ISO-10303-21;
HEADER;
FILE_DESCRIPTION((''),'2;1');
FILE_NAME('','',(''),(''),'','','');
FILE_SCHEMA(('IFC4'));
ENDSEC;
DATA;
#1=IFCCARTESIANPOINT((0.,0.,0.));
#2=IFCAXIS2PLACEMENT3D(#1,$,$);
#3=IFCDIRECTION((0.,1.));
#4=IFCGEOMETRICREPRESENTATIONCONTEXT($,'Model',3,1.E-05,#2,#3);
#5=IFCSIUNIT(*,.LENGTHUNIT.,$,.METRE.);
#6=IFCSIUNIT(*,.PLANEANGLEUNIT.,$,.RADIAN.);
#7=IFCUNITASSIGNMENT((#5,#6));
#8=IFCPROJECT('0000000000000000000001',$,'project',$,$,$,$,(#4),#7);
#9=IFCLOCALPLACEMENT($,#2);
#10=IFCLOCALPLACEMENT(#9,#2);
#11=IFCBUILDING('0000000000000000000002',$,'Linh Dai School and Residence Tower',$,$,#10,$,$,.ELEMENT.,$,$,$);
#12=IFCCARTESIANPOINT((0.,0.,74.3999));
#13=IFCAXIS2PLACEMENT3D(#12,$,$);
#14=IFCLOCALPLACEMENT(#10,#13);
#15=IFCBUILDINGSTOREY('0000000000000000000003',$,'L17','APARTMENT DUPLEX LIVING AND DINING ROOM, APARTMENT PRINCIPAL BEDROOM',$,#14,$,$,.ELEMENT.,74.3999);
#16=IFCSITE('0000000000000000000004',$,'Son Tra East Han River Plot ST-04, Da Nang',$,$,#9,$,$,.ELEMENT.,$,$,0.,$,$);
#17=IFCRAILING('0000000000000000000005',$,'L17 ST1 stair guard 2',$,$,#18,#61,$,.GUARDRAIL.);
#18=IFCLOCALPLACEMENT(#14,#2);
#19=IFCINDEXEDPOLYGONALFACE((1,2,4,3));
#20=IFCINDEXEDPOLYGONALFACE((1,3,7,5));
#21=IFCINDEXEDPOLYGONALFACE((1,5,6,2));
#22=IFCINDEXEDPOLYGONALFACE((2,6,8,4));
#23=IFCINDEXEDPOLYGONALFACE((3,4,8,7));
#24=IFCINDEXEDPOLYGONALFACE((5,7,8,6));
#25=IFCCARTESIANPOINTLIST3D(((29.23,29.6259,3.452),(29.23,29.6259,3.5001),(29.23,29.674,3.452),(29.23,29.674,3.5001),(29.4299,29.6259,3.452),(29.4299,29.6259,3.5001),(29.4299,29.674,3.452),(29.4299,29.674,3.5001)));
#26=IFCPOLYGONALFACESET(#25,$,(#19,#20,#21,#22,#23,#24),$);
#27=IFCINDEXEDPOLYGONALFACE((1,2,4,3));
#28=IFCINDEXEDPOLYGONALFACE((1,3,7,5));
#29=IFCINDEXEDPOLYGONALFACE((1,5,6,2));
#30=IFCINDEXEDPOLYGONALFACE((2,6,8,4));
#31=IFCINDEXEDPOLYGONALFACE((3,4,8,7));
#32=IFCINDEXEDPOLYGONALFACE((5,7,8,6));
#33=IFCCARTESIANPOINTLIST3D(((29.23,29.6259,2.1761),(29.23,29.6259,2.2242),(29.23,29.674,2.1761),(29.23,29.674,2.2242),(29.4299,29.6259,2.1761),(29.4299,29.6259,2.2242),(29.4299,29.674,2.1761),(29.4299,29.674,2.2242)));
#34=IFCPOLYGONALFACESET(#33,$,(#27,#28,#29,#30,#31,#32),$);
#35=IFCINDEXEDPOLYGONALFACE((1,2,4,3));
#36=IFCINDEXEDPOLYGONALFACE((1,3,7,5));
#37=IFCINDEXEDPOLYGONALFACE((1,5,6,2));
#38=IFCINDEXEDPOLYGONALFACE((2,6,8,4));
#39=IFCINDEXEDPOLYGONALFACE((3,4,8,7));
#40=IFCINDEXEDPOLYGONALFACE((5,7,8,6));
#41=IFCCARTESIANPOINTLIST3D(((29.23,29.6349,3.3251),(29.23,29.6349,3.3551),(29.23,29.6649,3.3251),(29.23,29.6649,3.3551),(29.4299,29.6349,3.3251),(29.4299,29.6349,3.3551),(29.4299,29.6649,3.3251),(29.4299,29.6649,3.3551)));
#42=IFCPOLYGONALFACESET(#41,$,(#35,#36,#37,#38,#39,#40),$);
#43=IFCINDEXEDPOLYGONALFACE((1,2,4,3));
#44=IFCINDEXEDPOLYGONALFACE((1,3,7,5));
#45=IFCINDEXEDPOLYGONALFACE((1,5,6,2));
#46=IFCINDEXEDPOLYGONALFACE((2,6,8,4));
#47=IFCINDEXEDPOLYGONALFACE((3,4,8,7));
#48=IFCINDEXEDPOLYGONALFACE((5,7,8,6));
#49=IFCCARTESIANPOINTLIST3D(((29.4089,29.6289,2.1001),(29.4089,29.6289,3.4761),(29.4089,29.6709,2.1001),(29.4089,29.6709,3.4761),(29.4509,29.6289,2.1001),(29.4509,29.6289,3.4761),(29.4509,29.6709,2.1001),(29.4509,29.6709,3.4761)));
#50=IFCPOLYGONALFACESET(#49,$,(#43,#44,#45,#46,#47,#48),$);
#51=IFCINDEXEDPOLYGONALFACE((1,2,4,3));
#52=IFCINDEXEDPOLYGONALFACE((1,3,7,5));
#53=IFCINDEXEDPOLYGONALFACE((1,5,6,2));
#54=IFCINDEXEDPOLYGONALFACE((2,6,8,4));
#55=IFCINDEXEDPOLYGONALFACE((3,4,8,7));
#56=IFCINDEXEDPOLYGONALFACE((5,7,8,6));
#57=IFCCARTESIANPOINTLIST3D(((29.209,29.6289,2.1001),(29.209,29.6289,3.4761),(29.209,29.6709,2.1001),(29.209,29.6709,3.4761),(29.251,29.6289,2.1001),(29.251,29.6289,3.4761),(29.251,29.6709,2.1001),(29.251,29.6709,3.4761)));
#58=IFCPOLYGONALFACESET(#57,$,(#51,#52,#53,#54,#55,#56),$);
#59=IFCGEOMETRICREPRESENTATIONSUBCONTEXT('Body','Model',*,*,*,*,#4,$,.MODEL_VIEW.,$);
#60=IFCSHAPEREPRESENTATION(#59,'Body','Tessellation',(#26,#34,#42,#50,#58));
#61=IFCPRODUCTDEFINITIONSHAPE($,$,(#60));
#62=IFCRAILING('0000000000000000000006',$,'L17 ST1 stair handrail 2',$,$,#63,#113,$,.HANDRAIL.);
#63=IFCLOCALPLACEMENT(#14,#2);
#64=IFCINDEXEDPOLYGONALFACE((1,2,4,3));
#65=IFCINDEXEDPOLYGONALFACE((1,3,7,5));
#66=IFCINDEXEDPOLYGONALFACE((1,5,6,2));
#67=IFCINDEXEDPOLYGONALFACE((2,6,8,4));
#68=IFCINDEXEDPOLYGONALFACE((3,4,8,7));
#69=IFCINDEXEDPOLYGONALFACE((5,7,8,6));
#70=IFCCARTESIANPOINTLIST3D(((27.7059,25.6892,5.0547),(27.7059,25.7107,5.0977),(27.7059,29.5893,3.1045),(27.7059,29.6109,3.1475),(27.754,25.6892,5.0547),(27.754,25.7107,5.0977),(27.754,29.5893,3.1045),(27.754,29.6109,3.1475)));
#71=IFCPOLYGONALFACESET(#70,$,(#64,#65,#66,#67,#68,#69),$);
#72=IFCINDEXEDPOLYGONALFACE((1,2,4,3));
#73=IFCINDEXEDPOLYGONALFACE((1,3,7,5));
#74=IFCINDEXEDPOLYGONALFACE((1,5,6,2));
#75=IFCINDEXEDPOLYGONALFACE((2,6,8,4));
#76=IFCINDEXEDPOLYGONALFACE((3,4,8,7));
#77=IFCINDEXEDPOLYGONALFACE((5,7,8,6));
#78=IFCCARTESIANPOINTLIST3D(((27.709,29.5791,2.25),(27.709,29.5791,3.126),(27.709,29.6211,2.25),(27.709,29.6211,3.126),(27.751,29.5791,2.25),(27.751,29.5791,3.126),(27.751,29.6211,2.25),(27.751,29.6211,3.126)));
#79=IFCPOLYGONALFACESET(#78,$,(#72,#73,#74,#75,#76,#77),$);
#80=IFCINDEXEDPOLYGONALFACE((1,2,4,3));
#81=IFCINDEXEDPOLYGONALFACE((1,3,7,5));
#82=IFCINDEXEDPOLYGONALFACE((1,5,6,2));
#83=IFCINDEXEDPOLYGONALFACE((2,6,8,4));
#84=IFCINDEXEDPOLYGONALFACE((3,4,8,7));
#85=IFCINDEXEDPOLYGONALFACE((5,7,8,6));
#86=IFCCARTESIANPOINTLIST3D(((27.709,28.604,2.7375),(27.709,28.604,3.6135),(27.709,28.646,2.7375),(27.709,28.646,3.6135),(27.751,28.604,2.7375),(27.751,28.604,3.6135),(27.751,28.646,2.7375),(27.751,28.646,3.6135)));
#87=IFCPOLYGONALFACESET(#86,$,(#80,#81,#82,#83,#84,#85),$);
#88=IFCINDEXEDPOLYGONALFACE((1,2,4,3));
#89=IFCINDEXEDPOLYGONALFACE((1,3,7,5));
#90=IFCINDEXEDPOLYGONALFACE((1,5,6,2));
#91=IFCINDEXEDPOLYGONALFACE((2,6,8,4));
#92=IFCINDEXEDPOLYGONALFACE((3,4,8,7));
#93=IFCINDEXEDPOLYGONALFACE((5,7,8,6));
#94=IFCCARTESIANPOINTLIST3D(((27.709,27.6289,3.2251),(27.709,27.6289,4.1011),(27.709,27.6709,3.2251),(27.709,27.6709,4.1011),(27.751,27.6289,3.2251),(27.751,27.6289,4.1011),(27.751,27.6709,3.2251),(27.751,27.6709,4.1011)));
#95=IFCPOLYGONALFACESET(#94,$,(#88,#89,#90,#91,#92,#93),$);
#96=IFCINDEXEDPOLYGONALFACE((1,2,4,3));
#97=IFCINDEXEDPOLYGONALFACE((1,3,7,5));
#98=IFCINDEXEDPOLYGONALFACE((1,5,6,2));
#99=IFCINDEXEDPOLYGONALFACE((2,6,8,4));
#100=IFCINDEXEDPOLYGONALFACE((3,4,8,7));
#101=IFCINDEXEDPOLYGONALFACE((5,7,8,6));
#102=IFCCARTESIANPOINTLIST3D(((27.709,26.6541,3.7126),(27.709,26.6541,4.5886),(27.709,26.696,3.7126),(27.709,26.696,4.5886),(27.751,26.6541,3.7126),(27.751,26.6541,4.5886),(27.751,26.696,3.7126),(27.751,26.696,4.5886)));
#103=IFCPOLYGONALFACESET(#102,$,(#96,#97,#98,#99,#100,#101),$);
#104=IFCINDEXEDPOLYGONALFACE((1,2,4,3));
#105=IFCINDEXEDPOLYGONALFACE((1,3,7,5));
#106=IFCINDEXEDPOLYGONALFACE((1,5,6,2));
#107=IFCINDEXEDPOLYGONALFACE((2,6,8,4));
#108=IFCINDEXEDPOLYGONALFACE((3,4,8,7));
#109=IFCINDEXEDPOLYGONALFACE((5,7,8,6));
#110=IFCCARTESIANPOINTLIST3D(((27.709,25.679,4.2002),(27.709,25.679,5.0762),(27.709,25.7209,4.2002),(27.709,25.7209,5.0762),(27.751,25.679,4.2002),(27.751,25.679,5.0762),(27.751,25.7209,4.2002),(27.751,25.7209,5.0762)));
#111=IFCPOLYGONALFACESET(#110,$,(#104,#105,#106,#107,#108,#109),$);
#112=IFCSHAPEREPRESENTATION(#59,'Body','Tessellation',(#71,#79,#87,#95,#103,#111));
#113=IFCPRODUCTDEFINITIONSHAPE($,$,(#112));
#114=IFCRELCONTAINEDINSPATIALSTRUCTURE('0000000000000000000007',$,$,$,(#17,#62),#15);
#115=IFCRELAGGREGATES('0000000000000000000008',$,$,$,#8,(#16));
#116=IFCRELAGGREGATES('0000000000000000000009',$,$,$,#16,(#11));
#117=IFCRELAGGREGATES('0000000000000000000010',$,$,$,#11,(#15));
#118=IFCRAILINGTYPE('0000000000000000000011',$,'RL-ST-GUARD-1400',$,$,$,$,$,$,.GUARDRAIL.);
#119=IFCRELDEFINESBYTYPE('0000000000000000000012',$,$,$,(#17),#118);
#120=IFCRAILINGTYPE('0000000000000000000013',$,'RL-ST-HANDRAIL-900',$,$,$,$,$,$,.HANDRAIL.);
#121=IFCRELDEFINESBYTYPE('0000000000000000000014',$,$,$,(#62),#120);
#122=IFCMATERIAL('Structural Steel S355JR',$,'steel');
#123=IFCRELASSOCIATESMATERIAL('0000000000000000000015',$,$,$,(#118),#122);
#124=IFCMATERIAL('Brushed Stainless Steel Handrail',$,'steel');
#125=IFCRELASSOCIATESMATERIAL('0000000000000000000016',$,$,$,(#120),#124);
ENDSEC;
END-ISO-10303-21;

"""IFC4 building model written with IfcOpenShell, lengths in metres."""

from ifc_helpers import new_model, si_unit, direction, frame, origin, origin_2d, place, context, subcontext, project, spatial, rectangle, extrude, source, transform, mapped, material, type_object, element, save


model = new_model("IFC4")

# Units and contexts
model_context = context("Model", 3, precision=1e-05, world=origin(), true_north=direction((0.0, 1.0)))
body_context = subcontext(model_context, "Body", "Model", "MODEL_VIEW")
ifc_project = project(units=[si_unit("LENGTHUNIT", "METRE"), si_unit("PLANEANGLEUNIT", "RADIAN")], contexts=[model_context])

# Site, building, storey
site_placement = place(None, origin())
site = spatial("IfcSite", under=ifc_project, at=site_placement, Name="Son Tra East Han River Plot ST-04, Da Nang", CompositionType="ELEMENT", RefElevation=0.0)
building_placement = place(site_placement, origin())
building = spatial("IfcBuilding", under=site, at=building_placement, Name="Linh Dai School and Residence Tower", CompositionType="ELEMENT")
storey_placement = place(building_placement, frame((0.0, 0.0, 74.3999)))
storey = spatial("IfcBuildingStorey", under=building, at=storey_placement, Name="L17", Description="APARTMENT DUPLEX LIVING AND DINING ROOM, APARTMENT PRINCIPAL BEDROOM", CompositionType="ELEMENT", Elevation=74.3999)

# Shared definitions
ifc_material_1 = material(Name="Structural Steel S355JR", Category="steel")

# Railings
railing_type_1 = type_object("IfcRailingType", Name="RL-ST-GUARD-1400", PredefinedType="GUARDRAIL", material=ifc_material_1)
shared_shape_1 = source(origin(), body_context, "Body", "SweptSolid", [
    extrude(rectangle(XDim=0.0481, YDim=0.0481, at=origin_2d()), frame((0.0, 0.0, 1.376), z_axis=(-1.0, 0.0, 0.0), x_axis=(0.0, -1.0, 0.0)), (0.0, 0.0, 1.0), 0.2),
    extrude(rectangle(XDim=0.0481, YDim=0.0481, at=origin_2d()), frame((0.0, 0.0, 0.1001), z_axis=(-1.0, 0.0, 0.0), x_axis=(0.0, -1.0, 0.0)), (0.0, 0.0, 1.0), 0.2),
    extrude(rectangle(XDim=0.03, YDim=0.03, at=origin_2d()), frame((0.0, 0.0, 1.24), z_axis=(-1.0, 0.0, 0.0), x_axis=(0.0, -1.0, 0.0)), (0.0, 0.0, 1.0), 0.2),
    extrude(rectangle(XDim=0.042, YDim=0.042, at=origin_2d()), origin(), (0.0, 0.0, 1.0), 1.376),
    extrude(rectangle(XDim=0.042, YDim=0.042, at=origin_2d()), frame((-0.2, 0.0, 0.0)), (0.0, 0.0, 1.0), 1.376),
])
railing_1_placement = place(storey_placement, frame((29.4299, 29.6499, 2.1001)))
element("IfcRailing", 1, at=railing_1_placement, inside=storey, type_object=railing_type_1, Name="L17 ST1 stair guard 2", PredefinedType="GUARDRAIL", context=body_context, shape_type="MappedRepresentation", body=[
    mapped(shared_shape_1, transform((0.0, 0.0, 0.0), x_axis=(1.0, 0.0, 0.0), y_axis=(0.0, 1.0, 0.0), z_axis=(0.0, 0.0, 1.0), scale=1.0)),
])
ifc_material_2 = material(Name="Brushed Stainless Steel Handrail", Category="steel")
railing_type_2 = type_object("IfcRailingType", Name="RL-ST-HANDRAIL-900", PredefinedType="HANDRAIL", material=ifc_material_2)
shared_shape_2 = source(origin(), body_context, "Body", "SweptSolid", [
    extrude(rectangle(XDim=0.0481, YDim=0.0481, at=origin_2d()), frame((0.0, 0.0, 0.876), z_axis=(0.0, -0.894416, 0.447236), x_axis=(1.0, 0.0, 0.0)), (0.0, 0.0, 1.0), 4.3606),
    extrude(rectangle(XDim=0.042, YDim=0.042, at=origin_2d()), origin(), (0.0, 0.0, 1.0), 0.876),
    extrude(rectangle(XDim=0.042, YDim=0.042, at=origin_2d()), frame((0.0, -0.9751, 0.4875)), (0.0, 0.0, 1.0), 0.876),
    extrude(rectangle(XDim=0.042, YDim=0.042, at=origin_2d()), frame((0.0, -1.9502, 0.9751)), (0.0, 0.0, 1.0), 0.876),
    extrude(rectangle(XDim=0.042, YDim=0.042, at=origin_2d()), frame((0.0, -2.925, 1.4626)), (0.0, 0.0, 1.0), 0.876),
    extrude(rectangle(XDim=0.042, YDim=0.042, at=origin_2d()), frame((0.0, -3.9001, 1.9502)), (0.0, 0.0, 1.0), 0.876),
])
railing_2_placement = place(storey_placement, frame((27.73, 29.6001, 2.25)))
element("IfcRailing", 2, at=railing_2_placement, inside=storey, type_object=railing_type_2, Name="L17 ST1 stair handrail 2", PredefinedType="HANDRAIL", context=body_context, shape_type="MappedRepresentation", body=[
    mapped(shared_shape_2, transform((0.0, 0.0, 0.0), x_axis=(1.0, 0.0, 0.0), y_axis=(0.0, 1.0, 0.0), z_axis=(0.0, 0.0, 1.0), scale=1.0)),
])

save(model, "model.ifc")
